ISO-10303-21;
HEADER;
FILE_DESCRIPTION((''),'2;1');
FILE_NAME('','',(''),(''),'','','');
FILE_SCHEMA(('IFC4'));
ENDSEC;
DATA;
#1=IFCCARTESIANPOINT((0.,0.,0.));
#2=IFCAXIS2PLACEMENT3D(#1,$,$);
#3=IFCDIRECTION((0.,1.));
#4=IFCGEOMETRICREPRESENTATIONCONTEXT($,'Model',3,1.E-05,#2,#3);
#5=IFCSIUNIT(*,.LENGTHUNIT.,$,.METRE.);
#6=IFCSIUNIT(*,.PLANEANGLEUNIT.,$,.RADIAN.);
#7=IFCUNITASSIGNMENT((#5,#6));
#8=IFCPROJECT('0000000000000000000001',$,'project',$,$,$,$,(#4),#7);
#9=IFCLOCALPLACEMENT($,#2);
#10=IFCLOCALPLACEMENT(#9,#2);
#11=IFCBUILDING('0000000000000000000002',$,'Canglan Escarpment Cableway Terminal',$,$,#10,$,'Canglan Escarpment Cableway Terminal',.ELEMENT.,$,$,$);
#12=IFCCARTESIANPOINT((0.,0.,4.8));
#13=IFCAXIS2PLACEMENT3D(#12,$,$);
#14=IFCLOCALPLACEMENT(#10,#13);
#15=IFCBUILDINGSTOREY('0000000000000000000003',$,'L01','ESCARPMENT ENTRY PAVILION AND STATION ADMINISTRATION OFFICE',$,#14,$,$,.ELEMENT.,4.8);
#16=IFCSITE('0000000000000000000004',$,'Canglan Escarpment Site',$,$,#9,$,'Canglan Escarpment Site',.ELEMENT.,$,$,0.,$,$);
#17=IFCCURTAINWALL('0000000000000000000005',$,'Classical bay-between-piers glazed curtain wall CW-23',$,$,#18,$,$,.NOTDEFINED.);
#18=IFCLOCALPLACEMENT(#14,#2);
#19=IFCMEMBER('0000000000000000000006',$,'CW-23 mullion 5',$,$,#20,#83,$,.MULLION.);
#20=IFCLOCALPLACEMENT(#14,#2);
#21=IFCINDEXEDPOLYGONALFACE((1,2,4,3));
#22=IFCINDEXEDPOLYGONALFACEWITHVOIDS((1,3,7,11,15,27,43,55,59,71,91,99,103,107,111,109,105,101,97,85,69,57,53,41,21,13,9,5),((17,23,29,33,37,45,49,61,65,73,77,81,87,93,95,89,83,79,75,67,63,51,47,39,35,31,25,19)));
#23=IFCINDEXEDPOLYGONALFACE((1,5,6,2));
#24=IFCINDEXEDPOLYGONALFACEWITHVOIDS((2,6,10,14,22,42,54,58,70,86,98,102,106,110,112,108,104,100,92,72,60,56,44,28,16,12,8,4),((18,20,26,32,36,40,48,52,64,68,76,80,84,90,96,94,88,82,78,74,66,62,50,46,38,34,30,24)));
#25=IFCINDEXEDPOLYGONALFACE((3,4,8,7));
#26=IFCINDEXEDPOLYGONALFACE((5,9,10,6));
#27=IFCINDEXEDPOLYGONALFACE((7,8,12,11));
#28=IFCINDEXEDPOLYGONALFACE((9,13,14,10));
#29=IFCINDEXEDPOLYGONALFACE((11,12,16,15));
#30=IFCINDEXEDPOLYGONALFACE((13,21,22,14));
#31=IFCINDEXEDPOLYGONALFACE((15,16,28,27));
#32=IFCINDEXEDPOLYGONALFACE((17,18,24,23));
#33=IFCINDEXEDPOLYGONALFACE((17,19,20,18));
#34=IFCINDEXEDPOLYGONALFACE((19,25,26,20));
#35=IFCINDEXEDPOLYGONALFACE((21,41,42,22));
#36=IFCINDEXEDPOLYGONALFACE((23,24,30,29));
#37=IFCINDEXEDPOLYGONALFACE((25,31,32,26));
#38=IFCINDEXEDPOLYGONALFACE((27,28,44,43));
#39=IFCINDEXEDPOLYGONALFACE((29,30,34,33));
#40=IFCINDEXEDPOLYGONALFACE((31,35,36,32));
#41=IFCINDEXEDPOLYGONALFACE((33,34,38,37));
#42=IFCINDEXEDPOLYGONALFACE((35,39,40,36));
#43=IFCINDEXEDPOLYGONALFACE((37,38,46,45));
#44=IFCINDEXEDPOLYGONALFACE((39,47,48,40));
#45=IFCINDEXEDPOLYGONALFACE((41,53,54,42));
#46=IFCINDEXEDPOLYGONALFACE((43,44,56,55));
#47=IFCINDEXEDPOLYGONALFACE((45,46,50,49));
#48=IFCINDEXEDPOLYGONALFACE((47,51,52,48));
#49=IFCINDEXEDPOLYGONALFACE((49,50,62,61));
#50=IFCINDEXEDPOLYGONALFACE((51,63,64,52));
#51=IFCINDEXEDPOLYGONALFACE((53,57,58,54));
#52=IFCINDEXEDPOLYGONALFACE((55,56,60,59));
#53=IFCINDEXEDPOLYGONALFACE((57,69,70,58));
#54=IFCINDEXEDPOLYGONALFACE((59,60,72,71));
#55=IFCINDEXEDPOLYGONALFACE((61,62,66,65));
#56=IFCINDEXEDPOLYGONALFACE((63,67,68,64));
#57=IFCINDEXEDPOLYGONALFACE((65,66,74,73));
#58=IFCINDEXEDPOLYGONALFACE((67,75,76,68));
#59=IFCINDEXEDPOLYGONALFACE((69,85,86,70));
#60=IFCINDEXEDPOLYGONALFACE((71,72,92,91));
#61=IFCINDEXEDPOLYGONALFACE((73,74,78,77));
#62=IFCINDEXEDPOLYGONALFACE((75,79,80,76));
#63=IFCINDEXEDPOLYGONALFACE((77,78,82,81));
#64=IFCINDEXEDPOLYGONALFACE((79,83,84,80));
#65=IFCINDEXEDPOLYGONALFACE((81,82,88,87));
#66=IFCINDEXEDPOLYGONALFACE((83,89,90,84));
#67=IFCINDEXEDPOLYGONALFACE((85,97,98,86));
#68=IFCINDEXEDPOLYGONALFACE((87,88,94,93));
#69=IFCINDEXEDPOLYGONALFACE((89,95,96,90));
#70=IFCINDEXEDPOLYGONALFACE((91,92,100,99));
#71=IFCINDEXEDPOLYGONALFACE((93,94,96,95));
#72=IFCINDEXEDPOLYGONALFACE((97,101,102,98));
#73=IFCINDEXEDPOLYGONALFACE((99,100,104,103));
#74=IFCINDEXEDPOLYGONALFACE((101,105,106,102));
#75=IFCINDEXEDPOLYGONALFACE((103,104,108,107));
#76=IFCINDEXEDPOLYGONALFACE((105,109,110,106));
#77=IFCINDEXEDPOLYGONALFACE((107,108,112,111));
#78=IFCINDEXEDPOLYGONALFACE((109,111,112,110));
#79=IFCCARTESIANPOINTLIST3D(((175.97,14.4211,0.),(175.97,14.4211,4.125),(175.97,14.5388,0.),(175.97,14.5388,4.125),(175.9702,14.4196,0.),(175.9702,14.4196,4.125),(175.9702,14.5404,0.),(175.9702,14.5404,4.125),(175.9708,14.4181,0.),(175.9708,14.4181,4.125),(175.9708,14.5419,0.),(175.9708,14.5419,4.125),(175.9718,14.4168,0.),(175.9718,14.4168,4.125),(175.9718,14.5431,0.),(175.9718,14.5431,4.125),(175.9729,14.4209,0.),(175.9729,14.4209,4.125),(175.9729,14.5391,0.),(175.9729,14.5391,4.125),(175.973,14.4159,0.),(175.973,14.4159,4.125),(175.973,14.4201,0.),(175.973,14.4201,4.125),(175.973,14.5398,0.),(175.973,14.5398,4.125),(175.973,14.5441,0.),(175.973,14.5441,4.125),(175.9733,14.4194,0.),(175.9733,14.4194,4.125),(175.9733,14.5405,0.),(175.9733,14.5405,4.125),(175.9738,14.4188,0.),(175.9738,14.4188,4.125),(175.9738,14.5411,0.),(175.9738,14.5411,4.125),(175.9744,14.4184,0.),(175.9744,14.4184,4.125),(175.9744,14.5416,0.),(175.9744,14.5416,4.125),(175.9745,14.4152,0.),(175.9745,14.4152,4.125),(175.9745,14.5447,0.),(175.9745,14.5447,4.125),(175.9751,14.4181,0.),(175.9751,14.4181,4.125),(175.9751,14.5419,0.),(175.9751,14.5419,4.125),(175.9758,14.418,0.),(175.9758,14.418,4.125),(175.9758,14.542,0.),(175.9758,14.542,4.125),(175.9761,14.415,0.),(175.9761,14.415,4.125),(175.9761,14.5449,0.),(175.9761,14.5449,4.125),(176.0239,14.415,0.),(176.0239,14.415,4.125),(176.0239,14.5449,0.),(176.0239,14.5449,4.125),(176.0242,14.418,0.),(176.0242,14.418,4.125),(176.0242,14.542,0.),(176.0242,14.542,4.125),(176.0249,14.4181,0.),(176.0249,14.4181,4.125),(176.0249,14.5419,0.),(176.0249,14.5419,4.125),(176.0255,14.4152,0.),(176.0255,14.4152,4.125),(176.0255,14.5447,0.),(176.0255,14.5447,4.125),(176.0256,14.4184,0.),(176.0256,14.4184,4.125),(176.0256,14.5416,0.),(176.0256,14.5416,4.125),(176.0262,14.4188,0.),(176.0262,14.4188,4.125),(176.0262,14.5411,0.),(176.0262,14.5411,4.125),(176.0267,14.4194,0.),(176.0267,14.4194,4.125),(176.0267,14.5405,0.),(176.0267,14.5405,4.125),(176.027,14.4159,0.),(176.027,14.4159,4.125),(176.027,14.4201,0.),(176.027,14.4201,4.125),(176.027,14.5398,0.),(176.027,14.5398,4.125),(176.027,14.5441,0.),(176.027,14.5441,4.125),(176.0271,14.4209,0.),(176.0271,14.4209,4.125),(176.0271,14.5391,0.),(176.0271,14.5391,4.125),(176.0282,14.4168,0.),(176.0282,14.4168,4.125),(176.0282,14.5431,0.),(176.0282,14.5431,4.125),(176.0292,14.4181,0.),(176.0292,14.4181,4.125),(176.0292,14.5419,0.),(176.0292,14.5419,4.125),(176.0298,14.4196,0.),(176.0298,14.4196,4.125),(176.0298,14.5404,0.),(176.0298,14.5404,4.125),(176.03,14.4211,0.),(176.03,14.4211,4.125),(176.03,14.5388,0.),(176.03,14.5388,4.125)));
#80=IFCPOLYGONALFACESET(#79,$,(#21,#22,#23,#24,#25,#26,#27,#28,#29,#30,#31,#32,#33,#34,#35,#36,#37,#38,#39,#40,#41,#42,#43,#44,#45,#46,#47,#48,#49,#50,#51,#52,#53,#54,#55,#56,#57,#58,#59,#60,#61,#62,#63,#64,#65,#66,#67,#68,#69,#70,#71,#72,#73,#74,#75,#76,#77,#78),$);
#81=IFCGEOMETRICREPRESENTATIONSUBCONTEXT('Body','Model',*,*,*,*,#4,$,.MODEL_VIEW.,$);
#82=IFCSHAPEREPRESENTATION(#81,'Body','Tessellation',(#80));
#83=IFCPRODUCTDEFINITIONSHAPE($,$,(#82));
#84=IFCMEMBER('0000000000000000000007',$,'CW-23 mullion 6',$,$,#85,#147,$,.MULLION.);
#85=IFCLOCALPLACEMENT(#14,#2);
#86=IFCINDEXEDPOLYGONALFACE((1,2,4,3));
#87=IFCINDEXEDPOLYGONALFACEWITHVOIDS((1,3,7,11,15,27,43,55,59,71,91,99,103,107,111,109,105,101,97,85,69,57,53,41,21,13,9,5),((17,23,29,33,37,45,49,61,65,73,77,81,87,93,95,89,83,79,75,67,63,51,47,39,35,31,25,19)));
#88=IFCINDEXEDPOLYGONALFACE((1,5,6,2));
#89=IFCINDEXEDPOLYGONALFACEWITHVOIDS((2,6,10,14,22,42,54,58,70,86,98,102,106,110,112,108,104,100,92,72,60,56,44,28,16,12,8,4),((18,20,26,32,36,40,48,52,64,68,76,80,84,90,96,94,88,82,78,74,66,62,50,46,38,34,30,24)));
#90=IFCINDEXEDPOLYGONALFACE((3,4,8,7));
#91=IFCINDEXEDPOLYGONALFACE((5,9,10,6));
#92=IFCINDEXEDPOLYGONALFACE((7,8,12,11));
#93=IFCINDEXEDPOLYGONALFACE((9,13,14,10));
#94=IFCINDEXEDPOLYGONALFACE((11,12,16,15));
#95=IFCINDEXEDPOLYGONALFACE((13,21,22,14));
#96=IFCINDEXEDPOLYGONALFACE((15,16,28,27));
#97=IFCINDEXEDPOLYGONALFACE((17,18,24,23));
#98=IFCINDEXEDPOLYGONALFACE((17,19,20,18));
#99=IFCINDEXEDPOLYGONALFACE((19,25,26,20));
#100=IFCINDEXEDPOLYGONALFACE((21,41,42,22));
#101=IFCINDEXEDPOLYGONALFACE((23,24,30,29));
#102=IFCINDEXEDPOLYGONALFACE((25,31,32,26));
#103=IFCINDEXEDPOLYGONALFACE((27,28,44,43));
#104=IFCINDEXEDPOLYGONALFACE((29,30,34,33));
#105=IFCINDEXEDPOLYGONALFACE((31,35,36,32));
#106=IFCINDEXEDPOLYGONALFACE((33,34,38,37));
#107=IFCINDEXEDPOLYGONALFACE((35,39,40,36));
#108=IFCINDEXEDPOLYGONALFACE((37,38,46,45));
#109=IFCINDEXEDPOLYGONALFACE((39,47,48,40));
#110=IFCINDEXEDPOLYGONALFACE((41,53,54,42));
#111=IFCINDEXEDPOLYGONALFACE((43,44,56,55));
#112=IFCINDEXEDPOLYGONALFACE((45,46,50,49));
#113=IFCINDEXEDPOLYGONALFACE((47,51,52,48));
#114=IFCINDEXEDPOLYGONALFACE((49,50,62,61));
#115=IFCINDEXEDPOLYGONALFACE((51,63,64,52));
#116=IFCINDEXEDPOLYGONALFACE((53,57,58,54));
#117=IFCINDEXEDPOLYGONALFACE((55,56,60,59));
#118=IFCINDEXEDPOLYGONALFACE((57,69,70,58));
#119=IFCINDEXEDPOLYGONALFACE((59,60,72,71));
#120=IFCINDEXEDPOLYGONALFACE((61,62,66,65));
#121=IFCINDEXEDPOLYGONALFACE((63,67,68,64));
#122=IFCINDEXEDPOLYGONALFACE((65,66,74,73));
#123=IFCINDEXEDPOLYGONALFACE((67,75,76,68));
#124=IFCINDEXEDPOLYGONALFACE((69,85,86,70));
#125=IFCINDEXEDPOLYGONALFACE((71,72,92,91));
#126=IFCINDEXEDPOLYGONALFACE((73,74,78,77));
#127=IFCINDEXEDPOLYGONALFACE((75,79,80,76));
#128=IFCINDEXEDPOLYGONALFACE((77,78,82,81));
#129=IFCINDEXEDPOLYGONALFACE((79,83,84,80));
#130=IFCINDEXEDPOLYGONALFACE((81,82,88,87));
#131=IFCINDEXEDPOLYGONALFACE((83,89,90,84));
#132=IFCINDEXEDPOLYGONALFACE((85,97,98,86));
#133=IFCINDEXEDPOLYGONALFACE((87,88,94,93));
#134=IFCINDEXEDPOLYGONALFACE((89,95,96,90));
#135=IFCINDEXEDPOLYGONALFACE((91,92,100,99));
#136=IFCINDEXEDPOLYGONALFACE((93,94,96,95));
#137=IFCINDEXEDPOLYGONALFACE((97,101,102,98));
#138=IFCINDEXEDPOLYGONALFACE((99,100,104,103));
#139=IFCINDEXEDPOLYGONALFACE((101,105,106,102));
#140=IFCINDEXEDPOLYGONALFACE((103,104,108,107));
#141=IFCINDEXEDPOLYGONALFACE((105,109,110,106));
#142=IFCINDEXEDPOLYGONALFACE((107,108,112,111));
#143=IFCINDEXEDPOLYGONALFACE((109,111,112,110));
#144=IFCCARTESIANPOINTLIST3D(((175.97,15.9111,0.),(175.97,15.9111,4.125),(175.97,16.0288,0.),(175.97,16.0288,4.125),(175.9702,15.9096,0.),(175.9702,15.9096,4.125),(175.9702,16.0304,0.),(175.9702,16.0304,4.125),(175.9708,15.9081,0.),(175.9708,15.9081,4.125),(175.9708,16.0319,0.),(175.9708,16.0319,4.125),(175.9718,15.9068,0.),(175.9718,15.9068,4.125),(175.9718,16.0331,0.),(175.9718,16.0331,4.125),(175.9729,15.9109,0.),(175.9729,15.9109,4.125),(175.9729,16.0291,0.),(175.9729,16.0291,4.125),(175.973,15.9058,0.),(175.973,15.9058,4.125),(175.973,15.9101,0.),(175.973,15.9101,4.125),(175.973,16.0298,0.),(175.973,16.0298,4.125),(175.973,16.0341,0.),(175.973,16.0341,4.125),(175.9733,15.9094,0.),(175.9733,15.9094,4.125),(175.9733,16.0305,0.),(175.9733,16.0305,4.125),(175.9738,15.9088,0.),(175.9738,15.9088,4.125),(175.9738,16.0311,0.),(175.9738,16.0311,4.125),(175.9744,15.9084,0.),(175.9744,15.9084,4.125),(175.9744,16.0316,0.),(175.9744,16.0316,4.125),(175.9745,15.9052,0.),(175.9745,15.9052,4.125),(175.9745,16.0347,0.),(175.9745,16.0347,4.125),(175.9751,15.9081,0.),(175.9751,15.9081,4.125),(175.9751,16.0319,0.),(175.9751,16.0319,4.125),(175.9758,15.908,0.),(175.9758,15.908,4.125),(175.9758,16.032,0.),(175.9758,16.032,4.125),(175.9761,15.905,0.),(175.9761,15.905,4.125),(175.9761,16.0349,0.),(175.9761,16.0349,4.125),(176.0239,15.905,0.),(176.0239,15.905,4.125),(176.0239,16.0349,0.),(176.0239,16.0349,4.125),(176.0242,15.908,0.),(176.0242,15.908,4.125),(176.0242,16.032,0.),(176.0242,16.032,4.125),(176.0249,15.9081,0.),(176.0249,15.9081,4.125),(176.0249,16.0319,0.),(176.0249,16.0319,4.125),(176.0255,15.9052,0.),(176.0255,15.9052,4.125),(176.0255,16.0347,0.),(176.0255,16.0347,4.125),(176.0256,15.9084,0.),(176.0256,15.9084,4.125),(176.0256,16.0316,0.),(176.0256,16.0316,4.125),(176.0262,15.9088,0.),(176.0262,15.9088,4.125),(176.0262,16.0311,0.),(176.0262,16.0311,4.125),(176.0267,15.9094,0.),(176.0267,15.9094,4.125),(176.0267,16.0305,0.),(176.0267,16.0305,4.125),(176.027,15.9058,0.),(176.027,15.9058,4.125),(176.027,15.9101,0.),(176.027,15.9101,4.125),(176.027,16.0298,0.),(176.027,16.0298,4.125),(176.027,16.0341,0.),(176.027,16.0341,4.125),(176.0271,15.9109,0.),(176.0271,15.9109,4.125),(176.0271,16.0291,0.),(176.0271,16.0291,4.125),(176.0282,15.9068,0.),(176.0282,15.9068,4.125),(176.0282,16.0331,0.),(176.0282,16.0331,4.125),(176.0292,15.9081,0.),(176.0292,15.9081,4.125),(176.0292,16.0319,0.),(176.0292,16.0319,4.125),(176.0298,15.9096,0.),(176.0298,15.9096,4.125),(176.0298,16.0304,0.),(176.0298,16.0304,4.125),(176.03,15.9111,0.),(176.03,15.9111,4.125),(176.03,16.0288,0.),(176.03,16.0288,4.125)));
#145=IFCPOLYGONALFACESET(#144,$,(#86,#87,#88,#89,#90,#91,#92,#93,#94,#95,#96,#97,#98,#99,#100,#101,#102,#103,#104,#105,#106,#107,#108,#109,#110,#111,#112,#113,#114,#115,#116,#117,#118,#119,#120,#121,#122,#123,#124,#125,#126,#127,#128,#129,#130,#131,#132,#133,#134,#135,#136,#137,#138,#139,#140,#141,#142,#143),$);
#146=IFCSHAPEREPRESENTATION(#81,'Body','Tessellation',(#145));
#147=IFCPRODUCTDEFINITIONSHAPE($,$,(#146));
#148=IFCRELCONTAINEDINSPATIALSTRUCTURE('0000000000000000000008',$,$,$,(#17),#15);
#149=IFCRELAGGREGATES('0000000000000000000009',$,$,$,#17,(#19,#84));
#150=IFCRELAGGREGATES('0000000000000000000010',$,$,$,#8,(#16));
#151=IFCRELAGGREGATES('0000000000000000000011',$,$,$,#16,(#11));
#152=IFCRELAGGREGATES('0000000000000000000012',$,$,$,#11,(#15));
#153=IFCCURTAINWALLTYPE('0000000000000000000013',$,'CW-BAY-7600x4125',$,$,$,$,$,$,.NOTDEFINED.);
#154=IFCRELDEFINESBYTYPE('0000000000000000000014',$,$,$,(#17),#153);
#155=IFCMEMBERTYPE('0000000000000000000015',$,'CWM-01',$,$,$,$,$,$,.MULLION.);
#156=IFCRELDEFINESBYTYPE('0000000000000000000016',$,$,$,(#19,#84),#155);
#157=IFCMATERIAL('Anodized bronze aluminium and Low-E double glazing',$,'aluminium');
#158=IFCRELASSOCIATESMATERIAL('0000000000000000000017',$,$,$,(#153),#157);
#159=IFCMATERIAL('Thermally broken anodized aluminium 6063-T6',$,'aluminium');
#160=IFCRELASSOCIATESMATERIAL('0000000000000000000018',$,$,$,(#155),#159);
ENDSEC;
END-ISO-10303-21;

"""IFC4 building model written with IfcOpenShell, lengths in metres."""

from ifc_helpers import new_model, si_unit, direction, frame, origin, origin_2d, place, context, subcontext, project, spatial, hollow_rectangle, extrude, material, material_profile, profile_set, type_object, element, aggregate, save


model = new_model("IFC4")

# Units and contexts
model_context = context("Model", 3, precision=1e-05, world=origin(), true_north=direction((0.0, 1.0)))
body_context = subcontext(model_context, "Body", "Model", "MODEL_VIEW")
ifc_project = project(units=[si_unit("LENGTHUNIT", "METRE"), si_unit("PLANEANGLEUNIT", "RADIAN")], contexts=[model_context])

# Site, building, storey
site_placement = place(None, origin())
site = spatial("IfcSite", under=ifc_project, at=site_placement, Name="Canglan Escarpment Site", LongName="Canglan Escarpment Site", CompositionType="ELEMENT", RefElevation=0.0)
building_placement = place(site_placement, origin())
building = spatial("IfcBuilding", under=site, at=building_placement, Name="Canglan Escarpment Cableway Terminal", LongName="Canglan Escarpment Cableway Terminal", CompositionType="ELEMENT")
storey_placement = place(building_placement, frame((0.0, 0.0, 4.8)))
storey = spatial("IfcBuildingStorey", under=building, at=storey_placement, Name="L01", Description="ESCARPMENT ENTRY PAVILION AND STATION ADMINISTRATION OFFICE", CompositionType="ELEMENT", Elevation=4.8)

# Curtain wall, members
ifc_material_1 = material(Name="Anodized bronze aluminium and Low-E double glazing", Category="aluminium")
curtain_wall_type = type_object("IfcCurtainWallType", Name="CW-BAY-7600x4125", PredefinedType="NOTDEFINED", material=ifc_material_1)
curtain_wall_placement = place(storey_placement, origin())
curtain_wall = element("IfcCurtainWall", 1, at=curtain_wall_placement, inside=storey, type_object=curtain_wall_type, Name="Classical bay-between-piers glazed curtain wall CW-23", PredefinedType="NOTDEFINED")
ifc_material_2 = material(Name="Thermally broken anodized aluminium 6063-T6", Category="aluminium")
ifc_material_profile_1 = material_profile(ifc_material_2, hollow_rectangle(XDim=0.0601, YDim=0.1299, WallThickness=0.0029, InnerFilletRadius=0.0029, OuterFilletRadius=0.0061, at=origin_2d()), Name="ALU-MULL 60x130x3")
ifc_profile_set_1 = profile_set([ifc_material_profile_1], Name="Thermally broken anodized aluminium 6063-T6")
member_type_1 = type_object("IfcMemberType", Name="CWM-01", PredefinedType="MULLION", material=ifc_profile_set_1)
member_1_placement = place(storey_placement, frame((176.0, 14.48, 0.0), z_axis=(0.0, 0.0, 1.0), x_axis=(-1.0, 0.0, 0.0)))
member_1 = element("IfcMember", 2, at=member_1_placement, type_object=member_type_1, Name="CW-23 mullion 5", PredefinedType="MULLION", context=body_context, shape_type="SweptSolid", body=[
    extrude(hollow_rectangle(XDim=0.0601, YDim=0.1299, WallThickness=0.0029, InnerFilletRadius=0.0029, OuterFilletRadius=0.0061, at=origin_2d()), origin(), (0.0, 0.0, 1.0), 4.125),
])
member_2_placement = place(storey_placement, frame((176.0, 15.97, 0.0), z_axis=(0.0, 0.0, 1.0), x_axis=(-1.0, 0.0, 0.0)))
member_2 = element("IfcMember", 3, at=member_2_placement, type_object=member_type_1, Name="CW-23 mullion 6", PredefinedType="MULLION", context=body_context, shape_type="SweptSolid", body=[
    extrude(hollow_rectangle(XDim=0.0601, YDim=0.1299, WallThickness=0.0029, InnerFilletRadius=0.0029, OuterFilletRadius=0.0061, at=origin_2d()), origin(), (0.0, 0.0, 1.0), 4.125),
])

aggregate(curtain_wall, [member_1, member_2])

save(model, "model.ifc")
